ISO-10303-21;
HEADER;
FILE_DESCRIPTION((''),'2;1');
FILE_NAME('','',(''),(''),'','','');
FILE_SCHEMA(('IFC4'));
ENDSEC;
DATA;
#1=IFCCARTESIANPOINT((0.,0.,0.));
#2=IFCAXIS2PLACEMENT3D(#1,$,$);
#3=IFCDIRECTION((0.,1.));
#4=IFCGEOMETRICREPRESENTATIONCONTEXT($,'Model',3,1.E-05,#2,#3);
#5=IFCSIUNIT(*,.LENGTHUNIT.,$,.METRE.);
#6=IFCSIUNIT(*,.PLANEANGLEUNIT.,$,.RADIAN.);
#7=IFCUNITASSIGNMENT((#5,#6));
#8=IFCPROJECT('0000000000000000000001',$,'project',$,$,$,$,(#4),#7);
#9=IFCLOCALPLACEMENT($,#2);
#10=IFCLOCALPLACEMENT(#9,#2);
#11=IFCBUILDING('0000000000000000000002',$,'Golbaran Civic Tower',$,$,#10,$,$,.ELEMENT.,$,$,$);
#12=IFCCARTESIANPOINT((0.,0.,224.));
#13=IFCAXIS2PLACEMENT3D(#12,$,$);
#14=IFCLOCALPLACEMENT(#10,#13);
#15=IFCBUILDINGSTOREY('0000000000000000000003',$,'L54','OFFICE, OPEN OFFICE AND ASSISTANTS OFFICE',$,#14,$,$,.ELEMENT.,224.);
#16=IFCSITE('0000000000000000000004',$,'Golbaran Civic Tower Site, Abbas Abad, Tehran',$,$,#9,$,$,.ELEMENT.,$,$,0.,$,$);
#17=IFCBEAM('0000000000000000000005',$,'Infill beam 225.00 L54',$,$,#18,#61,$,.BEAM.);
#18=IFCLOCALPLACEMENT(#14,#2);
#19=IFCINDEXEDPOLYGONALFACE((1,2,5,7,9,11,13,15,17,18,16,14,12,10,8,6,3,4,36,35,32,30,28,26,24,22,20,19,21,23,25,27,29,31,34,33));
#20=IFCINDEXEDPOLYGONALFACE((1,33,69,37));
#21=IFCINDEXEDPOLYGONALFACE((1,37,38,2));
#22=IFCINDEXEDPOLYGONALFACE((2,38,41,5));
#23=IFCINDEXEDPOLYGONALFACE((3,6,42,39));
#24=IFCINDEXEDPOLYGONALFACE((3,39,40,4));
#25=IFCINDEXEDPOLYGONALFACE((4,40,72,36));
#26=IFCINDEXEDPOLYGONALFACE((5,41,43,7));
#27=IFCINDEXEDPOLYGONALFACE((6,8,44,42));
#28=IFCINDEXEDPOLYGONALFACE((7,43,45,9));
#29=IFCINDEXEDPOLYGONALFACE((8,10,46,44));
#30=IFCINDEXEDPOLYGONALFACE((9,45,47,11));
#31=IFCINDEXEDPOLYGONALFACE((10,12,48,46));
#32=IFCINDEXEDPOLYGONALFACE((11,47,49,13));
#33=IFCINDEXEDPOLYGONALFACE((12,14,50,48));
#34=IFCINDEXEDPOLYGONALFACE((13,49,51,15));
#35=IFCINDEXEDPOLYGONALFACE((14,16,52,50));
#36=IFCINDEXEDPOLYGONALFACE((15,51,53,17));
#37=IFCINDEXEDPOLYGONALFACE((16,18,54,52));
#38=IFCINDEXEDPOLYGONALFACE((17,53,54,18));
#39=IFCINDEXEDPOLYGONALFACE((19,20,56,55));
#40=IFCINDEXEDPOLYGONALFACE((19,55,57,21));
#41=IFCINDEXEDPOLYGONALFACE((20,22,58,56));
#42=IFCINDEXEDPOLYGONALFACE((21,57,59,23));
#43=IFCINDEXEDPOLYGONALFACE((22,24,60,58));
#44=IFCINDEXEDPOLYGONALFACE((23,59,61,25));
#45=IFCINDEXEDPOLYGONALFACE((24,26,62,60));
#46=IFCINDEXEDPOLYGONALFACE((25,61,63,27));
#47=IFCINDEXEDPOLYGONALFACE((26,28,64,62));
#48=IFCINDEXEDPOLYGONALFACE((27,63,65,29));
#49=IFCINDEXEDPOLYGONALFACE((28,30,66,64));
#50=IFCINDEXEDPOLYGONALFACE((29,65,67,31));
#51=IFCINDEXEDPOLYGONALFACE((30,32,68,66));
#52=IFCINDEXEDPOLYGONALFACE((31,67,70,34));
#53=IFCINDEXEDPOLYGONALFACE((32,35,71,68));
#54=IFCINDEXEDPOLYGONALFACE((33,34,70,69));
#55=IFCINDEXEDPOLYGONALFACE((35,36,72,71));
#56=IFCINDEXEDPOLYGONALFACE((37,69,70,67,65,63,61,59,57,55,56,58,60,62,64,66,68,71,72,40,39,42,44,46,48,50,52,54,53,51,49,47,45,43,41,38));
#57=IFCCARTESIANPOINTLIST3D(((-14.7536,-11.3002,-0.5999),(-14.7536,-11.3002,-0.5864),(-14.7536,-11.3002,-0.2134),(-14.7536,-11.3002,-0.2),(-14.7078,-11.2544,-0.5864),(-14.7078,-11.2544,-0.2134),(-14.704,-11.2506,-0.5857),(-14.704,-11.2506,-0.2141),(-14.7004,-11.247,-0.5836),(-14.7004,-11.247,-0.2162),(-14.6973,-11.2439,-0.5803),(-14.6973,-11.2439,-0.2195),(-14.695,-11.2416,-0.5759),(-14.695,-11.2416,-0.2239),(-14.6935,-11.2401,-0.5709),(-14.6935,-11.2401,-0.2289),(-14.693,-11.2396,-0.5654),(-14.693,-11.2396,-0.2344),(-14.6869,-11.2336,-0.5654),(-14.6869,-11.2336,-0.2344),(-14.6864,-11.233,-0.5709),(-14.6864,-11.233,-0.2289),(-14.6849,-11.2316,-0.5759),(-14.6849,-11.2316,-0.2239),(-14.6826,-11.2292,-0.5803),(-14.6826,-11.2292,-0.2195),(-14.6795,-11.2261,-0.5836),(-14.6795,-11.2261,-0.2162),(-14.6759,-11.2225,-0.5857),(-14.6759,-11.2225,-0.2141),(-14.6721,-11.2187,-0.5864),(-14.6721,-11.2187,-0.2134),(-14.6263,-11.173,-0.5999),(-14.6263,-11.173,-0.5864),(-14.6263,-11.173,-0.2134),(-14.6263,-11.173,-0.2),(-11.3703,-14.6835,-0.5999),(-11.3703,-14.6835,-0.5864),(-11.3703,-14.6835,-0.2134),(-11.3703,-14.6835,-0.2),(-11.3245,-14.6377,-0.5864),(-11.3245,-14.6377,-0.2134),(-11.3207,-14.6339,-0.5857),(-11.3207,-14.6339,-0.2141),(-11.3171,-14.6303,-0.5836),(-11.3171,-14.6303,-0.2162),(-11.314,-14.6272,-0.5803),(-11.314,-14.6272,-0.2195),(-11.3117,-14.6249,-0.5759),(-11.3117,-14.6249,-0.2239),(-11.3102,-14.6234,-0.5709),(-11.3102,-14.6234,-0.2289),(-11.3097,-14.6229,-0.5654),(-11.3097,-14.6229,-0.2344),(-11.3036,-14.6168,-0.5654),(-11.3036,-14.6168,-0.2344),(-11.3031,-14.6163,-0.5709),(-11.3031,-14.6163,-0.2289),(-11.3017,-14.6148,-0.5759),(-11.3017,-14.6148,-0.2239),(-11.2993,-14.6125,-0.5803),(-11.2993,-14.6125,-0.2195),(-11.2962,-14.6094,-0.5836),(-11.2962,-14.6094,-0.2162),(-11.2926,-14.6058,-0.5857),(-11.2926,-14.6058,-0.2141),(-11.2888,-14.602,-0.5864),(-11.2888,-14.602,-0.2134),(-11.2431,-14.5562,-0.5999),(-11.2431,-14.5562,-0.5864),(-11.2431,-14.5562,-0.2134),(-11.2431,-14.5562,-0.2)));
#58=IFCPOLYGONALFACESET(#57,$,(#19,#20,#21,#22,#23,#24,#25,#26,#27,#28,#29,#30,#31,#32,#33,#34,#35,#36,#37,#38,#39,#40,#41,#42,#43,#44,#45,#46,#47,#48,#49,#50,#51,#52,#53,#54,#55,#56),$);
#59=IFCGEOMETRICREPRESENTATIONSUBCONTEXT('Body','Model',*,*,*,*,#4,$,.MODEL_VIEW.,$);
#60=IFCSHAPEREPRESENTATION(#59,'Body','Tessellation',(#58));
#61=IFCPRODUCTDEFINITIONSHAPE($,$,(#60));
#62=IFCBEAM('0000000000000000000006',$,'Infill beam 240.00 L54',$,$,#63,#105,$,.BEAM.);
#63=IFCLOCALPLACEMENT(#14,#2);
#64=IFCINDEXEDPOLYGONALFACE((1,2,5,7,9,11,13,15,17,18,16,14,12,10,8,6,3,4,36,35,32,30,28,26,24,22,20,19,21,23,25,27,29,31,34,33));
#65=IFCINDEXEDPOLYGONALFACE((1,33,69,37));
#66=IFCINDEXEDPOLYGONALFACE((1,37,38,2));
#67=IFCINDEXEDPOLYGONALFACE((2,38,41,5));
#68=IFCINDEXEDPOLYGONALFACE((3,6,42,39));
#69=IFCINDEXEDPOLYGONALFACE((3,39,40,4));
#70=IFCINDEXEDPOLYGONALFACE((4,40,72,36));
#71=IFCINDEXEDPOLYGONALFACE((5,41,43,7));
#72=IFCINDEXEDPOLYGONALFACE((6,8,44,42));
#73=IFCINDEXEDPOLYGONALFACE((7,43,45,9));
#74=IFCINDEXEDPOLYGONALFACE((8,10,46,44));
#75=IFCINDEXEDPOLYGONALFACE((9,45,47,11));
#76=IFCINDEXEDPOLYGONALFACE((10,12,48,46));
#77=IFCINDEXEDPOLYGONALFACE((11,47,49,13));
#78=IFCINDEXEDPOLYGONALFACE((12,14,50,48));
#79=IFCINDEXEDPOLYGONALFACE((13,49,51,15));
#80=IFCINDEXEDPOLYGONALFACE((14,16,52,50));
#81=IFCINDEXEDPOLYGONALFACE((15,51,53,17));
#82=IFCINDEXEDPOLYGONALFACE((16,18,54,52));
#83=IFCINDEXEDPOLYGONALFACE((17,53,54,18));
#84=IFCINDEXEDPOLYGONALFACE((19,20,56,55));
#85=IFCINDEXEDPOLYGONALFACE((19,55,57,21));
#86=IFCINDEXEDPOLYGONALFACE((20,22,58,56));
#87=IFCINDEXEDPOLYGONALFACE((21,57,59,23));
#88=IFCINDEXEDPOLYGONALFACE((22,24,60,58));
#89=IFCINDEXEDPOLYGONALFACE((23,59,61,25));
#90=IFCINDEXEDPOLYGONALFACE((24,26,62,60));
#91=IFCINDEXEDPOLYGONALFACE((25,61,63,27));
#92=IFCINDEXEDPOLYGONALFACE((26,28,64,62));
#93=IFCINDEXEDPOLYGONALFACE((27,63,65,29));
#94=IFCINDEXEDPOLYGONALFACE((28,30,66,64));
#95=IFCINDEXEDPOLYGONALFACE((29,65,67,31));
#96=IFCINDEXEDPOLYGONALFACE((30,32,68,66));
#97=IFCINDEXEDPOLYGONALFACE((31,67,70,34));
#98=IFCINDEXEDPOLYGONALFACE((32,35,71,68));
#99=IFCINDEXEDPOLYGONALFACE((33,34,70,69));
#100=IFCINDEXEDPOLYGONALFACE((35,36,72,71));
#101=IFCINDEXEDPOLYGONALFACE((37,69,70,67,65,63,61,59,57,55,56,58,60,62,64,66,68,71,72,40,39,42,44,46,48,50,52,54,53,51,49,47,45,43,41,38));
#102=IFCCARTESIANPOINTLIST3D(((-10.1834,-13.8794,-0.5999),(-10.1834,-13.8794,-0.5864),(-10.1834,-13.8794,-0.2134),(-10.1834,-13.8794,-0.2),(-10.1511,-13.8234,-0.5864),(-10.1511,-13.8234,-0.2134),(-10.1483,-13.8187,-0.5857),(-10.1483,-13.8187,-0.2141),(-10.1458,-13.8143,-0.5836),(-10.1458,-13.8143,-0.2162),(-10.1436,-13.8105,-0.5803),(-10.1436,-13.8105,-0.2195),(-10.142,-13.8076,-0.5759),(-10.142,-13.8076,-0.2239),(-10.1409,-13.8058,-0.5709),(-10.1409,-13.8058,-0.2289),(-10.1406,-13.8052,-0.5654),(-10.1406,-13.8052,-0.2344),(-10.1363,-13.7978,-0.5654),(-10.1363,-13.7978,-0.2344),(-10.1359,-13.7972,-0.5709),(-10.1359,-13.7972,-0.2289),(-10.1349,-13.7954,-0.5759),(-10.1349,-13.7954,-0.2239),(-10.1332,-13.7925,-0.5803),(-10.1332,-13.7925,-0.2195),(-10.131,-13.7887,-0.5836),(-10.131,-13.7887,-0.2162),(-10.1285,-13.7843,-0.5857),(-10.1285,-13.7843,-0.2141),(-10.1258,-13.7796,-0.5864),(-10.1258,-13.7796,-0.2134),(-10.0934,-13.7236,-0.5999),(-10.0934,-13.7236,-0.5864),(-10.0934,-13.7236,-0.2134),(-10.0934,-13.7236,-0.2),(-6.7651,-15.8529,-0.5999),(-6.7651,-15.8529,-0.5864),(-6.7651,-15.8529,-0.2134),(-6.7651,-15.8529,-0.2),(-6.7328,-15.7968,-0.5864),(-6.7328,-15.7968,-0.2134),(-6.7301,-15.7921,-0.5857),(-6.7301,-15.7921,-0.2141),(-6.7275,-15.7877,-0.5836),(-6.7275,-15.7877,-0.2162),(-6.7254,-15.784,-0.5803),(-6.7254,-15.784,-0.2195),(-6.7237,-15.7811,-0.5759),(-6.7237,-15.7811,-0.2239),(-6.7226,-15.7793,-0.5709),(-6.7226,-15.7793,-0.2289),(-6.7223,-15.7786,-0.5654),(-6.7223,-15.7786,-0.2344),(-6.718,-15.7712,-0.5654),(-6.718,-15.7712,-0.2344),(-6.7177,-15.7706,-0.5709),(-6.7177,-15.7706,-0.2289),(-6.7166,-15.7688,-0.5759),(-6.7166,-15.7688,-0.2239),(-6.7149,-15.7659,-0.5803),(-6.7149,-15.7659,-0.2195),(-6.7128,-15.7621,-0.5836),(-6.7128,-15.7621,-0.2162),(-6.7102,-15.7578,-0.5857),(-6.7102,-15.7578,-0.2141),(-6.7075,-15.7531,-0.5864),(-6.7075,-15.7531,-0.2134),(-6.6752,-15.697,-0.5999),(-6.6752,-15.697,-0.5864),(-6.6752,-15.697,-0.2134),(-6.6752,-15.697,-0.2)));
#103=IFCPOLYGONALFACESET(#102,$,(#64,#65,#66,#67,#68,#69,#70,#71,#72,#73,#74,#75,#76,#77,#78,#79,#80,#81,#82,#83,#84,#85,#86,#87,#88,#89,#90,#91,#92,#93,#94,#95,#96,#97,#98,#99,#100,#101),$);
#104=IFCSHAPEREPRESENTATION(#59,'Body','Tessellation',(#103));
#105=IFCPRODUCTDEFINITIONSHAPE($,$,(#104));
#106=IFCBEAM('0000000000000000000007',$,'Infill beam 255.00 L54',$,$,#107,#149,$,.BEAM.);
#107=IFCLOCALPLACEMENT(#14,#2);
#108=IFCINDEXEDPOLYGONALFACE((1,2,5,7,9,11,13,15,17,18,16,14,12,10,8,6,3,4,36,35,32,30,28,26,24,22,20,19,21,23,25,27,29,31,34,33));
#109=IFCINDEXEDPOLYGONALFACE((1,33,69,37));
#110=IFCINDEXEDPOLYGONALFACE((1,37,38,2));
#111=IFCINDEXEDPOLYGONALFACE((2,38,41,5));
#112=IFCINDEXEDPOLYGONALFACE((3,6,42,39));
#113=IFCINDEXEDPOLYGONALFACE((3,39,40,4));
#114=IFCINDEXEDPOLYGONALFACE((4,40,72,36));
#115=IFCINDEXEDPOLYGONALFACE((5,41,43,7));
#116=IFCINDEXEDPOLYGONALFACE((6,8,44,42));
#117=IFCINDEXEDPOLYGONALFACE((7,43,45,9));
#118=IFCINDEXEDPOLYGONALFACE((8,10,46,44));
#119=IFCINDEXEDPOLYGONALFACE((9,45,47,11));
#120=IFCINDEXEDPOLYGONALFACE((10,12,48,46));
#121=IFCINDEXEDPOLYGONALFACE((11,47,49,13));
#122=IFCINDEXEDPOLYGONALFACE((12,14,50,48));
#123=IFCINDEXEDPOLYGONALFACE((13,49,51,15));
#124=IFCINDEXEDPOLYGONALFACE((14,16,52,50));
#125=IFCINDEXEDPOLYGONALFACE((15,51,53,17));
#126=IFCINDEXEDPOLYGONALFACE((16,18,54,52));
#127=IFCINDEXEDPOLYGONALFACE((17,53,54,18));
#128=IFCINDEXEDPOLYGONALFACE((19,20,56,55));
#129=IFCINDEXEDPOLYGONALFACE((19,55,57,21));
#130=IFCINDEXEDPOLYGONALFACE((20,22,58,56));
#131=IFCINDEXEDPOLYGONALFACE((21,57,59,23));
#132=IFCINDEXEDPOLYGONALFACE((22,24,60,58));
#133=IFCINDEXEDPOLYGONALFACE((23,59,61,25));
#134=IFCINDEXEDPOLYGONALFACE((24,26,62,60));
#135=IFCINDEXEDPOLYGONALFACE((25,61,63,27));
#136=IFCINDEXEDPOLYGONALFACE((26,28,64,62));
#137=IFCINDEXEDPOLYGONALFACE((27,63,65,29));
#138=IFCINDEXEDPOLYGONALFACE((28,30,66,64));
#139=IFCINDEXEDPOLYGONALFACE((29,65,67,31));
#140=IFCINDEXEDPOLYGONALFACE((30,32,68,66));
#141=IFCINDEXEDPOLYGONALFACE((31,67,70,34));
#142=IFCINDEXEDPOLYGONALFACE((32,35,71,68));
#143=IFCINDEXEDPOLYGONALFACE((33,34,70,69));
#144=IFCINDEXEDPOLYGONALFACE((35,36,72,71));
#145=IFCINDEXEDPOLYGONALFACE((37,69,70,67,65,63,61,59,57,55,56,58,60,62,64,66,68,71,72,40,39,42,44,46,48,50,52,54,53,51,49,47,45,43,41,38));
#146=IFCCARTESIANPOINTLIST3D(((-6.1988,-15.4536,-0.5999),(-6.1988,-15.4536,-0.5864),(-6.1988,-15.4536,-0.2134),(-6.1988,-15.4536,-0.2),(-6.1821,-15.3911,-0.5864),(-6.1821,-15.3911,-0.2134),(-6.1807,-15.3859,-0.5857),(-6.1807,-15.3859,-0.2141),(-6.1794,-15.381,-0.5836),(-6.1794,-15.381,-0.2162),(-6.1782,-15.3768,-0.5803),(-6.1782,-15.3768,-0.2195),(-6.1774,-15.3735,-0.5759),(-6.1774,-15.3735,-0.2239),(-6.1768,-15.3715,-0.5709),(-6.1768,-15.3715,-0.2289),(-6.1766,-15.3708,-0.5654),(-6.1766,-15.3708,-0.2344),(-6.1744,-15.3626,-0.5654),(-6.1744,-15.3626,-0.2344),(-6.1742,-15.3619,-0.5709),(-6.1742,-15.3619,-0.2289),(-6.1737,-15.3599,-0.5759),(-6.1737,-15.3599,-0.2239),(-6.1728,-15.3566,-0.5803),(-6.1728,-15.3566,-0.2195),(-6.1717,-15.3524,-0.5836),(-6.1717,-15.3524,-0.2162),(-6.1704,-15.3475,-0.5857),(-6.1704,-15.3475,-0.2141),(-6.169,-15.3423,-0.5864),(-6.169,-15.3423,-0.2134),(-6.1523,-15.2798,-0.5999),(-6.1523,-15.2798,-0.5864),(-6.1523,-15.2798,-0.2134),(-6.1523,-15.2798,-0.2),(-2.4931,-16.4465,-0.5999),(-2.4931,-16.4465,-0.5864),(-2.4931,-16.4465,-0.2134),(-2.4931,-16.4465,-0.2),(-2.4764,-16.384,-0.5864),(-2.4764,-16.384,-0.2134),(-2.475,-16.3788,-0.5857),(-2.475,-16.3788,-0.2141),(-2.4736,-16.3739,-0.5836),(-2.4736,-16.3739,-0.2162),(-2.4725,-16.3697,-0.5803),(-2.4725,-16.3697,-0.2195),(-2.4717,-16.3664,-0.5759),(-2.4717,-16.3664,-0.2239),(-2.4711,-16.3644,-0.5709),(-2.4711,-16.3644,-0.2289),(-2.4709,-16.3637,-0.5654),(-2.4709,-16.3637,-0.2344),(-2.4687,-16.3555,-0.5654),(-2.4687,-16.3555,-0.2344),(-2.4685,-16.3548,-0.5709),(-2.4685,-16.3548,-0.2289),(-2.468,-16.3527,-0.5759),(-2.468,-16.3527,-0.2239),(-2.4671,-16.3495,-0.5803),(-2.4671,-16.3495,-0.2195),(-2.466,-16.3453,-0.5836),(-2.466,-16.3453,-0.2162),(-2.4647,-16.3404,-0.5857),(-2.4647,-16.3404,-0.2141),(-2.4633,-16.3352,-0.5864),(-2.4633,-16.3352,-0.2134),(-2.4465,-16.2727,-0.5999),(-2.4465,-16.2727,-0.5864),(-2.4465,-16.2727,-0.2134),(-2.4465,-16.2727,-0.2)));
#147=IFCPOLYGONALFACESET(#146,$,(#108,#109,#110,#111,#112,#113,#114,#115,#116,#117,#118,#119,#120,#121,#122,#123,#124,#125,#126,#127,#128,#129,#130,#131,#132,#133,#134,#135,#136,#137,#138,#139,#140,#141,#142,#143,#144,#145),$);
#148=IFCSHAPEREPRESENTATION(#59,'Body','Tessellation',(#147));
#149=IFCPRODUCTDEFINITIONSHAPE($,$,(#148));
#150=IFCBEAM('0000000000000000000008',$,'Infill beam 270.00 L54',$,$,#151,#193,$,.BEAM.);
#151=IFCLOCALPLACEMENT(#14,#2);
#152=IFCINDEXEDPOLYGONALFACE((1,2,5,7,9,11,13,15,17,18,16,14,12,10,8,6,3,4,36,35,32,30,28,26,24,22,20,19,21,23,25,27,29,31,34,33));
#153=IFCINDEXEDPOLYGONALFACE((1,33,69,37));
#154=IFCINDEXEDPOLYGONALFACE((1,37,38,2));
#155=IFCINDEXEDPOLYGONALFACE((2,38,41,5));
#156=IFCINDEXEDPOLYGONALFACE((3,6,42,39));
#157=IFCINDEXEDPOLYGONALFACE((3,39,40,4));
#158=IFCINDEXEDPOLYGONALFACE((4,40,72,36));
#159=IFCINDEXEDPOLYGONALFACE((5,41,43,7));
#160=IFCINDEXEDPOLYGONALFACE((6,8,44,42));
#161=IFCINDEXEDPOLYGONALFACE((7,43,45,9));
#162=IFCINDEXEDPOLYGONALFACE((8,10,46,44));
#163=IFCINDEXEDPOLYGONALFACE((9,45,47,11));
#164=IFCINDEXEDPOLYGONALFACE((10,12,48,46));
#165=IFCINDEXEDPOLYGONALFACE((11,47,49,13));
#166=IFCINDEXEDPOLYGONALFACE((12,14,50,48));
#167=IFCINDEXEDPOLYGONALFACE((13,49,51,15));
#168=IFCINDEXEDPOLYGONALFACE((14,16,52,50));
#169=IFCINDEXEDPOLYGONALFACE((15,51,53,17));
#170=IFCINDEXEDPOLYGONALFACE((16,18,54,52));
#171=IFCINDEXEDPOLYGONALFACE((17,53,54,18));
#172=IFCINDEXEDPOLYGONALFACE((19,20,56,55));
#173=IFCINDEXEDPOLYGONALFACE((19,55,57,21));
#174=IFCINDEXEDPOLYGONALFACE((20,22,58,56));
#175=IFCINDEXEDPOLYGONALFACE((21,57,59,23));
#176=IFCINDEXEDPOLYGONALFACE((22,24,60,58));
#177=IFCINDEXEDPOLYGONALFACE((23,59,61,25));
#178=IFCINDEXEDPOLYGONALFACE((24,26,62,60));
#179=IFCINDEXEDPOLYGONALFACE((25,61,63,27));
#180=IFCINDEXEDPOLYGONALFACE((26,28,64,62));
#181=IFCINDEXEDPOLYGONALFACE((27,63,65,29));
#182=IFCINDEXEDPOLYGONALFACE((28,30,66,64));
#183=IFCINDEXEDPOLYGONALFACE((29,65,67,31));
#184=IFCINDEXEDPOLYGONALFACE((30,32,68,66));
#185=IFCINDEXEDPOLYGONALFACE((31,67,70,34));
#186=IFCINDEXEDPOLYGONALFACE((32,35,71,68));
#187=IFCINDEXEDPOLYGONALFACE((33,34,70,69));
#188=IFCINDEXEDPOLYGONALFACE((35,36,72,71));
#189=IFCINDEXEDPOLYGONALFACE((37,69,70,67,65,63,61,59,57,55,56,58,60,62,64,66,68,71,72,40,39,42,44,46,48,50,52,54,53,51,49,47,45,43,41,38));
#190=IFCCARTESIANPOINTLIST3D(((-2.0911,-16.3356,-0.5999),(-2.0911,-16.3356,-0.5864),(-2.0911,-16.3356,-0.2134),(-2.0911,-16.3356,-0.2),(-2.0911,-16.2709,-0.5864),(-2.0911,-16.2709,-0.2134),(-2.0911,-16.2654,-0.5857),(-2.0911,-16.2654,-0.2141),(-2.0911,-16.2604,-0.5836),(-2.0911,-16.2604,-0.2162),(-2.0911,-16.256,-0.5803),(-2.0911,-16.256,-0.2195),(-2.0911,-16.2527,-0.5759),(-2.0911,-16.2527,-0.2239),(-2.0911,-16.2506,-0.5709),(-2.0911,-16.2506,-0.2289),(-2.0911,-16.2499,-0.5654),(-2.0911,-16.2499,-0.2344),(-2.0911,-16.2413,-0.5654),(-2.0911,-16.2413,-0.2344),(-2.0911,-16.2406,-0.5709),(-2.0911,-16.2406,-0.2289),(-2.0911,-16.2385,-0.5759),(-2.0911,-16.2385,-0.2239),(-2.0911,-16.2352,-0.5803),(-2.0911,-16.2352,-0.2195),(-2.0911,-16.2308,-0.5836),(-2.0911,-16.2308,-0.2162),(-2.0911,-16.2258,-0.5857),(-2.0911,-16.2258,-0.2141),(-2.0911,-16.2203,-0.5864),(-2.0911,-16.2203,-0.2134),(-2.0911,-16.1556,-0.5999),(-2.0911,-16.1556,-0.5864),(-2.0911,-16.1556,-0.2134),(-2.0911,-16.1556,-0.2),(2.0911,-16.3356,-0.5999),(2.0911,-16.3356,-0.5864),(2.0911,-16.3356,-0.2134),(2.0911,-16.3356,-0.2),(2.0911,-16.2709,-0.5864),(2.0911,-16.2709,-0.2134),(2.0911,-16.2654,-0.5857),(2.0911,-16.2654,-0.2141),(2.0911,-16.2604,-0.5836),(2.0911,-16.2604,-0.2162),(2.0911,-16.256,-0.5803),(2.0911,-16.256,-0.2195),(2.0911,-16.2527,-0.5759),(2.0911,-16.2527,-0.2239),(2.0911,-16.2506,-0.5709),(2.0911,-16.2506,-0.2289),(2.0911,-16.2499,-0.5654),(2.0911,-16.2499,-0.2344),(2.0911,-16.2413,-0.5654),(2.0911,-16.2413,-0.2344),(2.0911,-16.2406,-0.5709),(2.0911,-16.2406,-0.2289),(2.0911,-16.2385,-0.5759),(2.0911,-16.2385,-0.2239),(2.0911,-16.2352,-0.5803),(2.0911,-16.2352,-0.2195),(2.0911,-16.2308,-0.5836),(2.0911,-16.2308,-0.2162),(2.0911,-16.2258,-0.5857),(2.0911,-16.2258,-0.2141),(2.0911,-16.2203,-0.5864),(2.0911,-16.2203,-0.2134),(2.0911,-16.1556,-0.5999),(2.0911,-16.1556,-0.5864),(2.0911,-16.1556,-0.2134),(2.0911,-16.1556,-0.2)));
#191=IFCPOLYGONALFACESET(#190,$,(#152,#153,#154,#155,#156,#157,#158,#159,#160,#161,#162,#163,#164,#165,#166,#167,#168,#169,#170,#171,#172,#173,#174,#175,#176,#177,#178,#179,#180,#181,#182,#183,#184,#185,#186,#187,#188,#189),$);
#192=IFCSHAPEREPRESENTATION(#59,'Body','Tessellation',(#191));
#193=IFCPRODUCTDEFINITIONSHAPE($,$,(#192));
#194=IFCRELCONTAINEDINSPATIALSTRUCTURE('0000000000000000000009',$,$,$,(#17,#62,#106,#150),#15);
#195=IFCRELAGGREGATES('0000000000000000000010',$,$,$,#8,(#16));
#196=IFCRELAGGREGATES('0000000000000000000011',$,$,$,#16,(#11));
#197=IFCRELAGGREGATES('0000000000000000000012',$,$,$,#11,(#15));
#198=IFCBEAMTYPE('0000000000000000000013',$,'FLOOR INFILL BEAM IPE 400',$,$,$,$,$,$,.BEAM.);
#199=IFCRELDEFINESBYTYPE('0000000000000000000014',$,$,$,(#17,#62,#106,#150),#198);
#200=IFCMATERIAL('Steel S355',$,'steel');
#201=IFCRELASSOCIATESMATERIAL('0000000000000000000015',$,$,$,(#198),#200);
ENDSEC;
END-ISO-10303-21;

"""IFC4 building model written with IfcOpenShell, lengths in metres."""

from ifc_helpers import new_model, si_unit, direction, frame, origin, origin_2d, place, context, subcontext, project, spatial, i_section, extrude, material, material_profile, profile_set, type_object, element, save


model = new_model("IFC4")

# Units and contexts
model_context = context("Model", 3, precision=1e-05, world=origin(), true_north=direction((0.0, 1.0)))
body_context = subcontext(model_context, "Body", "Model", "MODEL_VIEW")
ifc_project = project(units=[si_unit("LENGTHUNIT", "METRE"), si_unit("PLANEANGLEUNIT", "RADIAN")], contexts=[model_context])

# Site, building, storey
site_placement = place(None, origin())
site = spatial("IfcSite", under=ifc_project, at=site_placement, Name="Golbaran Civic Tower Site, Abbas Abad, Tehran", CompositionType="ELEMENT", RefElevation=0.0)
building_placement = place(site_placement, origin())
building = spatial("IfcBuilding", under=site, at=building_placement, Name="Golbaran Civic Tower", CompositionType="ELEMENT")
storey_placement = place(building_placement, frame((0.0, 0.0, 224.0)))
storey = spatial("IfcBuildingStorey", under=building, at=storey_placement, Name="L54", Description="OFFICE, OPEN OFFICE AND ASSISTANTS OFFICE", CompositionType="ELEMENT", Elevation=224.0)

# Beams
ifc_material_1 = material(Name="Steel S355", Category="steel")
ifc_material_profile_1 = material_profile(ifc_material_1, i_section(OverallWidth=0.1799, OverallDepth=0.3999, WebThickness=0.0085, FlangeThickness=0.0134, FilletRadius=0.021, at=origin_2d()), Name="IPE 400")
ifc_profile_set_1 = profile_set([ifc_material_profile_1], Name="Steel S355")
beam_type_1 = type_object("IfcBeamType", Name="FLOOR INFILL BEAM IPE 400", PredefinedType="BEAM", material=ifc_profile_set_1)
beam_1_placement = place(storey_placement, frame((-14.6899, -11.2366, -0.3999), z_axis=(0.707107, -0.707107, 0.0), x_axis=(0.707107, 0.707107, 0.0)))
element("IfcBeam", 1, at=beam_1_placement, inside=storey, type_object=beam_type_1, Name="Infill beam 225.00 L54", PredefinedType="BEAM", context=body_context, shape_type="SweptSolid", body=[
    extrude(i_section(OverallWidth=0.1799, OverallDepth=0.3999, WebThickness=0.0085, FlangeThickness=0.0134, FilletRadius=0.021, at=origin_2d()), origin(), (0.0, 0.0, 1.0), 4.7847),
])
beam_2_placement = place(storey_placement, frame((-10.1384, -13.8015, -0.3999), z_axis=(0.866038, -0.499978, 0.0), x_axis=(0.499978, 0.866038, 0.0)))
element("IfcBeam", 2, at=beam_2_placement, inside=storey, type_object=beam_type_1, Name="Infill beam 240.00 L54", PredefinedType="BEAM", context=body_context, shape_type="SweptSolid", body=[
    extrude(i_section(OverallWidth=0.1799, OverallDepth=0.3999, WebThickness=0.0085, FlangeThickness=0.0134, FilletRadius=0.021, at=origin_2d()), origin(), (0.0, 0.0, 1.0), 3.947),
])
beam_3_placement = place(storey_placement, frame((-6.1755, -15.3667, -0.3999), z_axis=(0.965929, -0.258807, 0.0), x_axis=(0.258807, 0.965929, 0.0)))
element("IfcBeam", 3, at=beam_3_placement, inside=storey, type_object=beam_type_1, Name="Infill beam 255.00 L54", PredefinedType="BEAM", context=body_context, shape_type="SweptSolid", body=[
    extrude(i_section(OverallWidth=0.1799, OverallDepth=0.3999, WebThickness=0.0085, FlangeThickness=0.0134, FilletRadius=0.021, at=origin_2d()), origin(), (0.0, 0.0, 1.0), 3.8364),
])
beam_4_placement = place(storey_placement, frame((-2.0911, -16.2456, -0.3999), z_axis=(1.0, 0.0, 0.0), x_axis=(0.0, 1.0, 0.0)))
element("IfcBeam", 4, at=beam_4_placement, inside=storey, type_object=beam_type_1, Name="Infill beam 270.00 L54", PredefinedType="BEAM", context=body_context, shape_type="SweptSolid", body=[
    extrude(i_section(OverallWidth=0.1799, OverallDepth=0.3999, WebThickness=0.0085, FlangeThickness=0.0134, FilletRadius=0.021, at=origin_2d()), origin(), (0.0, 0.0, 1.0), 4.1821),
])

save(model, "model.ifc")
